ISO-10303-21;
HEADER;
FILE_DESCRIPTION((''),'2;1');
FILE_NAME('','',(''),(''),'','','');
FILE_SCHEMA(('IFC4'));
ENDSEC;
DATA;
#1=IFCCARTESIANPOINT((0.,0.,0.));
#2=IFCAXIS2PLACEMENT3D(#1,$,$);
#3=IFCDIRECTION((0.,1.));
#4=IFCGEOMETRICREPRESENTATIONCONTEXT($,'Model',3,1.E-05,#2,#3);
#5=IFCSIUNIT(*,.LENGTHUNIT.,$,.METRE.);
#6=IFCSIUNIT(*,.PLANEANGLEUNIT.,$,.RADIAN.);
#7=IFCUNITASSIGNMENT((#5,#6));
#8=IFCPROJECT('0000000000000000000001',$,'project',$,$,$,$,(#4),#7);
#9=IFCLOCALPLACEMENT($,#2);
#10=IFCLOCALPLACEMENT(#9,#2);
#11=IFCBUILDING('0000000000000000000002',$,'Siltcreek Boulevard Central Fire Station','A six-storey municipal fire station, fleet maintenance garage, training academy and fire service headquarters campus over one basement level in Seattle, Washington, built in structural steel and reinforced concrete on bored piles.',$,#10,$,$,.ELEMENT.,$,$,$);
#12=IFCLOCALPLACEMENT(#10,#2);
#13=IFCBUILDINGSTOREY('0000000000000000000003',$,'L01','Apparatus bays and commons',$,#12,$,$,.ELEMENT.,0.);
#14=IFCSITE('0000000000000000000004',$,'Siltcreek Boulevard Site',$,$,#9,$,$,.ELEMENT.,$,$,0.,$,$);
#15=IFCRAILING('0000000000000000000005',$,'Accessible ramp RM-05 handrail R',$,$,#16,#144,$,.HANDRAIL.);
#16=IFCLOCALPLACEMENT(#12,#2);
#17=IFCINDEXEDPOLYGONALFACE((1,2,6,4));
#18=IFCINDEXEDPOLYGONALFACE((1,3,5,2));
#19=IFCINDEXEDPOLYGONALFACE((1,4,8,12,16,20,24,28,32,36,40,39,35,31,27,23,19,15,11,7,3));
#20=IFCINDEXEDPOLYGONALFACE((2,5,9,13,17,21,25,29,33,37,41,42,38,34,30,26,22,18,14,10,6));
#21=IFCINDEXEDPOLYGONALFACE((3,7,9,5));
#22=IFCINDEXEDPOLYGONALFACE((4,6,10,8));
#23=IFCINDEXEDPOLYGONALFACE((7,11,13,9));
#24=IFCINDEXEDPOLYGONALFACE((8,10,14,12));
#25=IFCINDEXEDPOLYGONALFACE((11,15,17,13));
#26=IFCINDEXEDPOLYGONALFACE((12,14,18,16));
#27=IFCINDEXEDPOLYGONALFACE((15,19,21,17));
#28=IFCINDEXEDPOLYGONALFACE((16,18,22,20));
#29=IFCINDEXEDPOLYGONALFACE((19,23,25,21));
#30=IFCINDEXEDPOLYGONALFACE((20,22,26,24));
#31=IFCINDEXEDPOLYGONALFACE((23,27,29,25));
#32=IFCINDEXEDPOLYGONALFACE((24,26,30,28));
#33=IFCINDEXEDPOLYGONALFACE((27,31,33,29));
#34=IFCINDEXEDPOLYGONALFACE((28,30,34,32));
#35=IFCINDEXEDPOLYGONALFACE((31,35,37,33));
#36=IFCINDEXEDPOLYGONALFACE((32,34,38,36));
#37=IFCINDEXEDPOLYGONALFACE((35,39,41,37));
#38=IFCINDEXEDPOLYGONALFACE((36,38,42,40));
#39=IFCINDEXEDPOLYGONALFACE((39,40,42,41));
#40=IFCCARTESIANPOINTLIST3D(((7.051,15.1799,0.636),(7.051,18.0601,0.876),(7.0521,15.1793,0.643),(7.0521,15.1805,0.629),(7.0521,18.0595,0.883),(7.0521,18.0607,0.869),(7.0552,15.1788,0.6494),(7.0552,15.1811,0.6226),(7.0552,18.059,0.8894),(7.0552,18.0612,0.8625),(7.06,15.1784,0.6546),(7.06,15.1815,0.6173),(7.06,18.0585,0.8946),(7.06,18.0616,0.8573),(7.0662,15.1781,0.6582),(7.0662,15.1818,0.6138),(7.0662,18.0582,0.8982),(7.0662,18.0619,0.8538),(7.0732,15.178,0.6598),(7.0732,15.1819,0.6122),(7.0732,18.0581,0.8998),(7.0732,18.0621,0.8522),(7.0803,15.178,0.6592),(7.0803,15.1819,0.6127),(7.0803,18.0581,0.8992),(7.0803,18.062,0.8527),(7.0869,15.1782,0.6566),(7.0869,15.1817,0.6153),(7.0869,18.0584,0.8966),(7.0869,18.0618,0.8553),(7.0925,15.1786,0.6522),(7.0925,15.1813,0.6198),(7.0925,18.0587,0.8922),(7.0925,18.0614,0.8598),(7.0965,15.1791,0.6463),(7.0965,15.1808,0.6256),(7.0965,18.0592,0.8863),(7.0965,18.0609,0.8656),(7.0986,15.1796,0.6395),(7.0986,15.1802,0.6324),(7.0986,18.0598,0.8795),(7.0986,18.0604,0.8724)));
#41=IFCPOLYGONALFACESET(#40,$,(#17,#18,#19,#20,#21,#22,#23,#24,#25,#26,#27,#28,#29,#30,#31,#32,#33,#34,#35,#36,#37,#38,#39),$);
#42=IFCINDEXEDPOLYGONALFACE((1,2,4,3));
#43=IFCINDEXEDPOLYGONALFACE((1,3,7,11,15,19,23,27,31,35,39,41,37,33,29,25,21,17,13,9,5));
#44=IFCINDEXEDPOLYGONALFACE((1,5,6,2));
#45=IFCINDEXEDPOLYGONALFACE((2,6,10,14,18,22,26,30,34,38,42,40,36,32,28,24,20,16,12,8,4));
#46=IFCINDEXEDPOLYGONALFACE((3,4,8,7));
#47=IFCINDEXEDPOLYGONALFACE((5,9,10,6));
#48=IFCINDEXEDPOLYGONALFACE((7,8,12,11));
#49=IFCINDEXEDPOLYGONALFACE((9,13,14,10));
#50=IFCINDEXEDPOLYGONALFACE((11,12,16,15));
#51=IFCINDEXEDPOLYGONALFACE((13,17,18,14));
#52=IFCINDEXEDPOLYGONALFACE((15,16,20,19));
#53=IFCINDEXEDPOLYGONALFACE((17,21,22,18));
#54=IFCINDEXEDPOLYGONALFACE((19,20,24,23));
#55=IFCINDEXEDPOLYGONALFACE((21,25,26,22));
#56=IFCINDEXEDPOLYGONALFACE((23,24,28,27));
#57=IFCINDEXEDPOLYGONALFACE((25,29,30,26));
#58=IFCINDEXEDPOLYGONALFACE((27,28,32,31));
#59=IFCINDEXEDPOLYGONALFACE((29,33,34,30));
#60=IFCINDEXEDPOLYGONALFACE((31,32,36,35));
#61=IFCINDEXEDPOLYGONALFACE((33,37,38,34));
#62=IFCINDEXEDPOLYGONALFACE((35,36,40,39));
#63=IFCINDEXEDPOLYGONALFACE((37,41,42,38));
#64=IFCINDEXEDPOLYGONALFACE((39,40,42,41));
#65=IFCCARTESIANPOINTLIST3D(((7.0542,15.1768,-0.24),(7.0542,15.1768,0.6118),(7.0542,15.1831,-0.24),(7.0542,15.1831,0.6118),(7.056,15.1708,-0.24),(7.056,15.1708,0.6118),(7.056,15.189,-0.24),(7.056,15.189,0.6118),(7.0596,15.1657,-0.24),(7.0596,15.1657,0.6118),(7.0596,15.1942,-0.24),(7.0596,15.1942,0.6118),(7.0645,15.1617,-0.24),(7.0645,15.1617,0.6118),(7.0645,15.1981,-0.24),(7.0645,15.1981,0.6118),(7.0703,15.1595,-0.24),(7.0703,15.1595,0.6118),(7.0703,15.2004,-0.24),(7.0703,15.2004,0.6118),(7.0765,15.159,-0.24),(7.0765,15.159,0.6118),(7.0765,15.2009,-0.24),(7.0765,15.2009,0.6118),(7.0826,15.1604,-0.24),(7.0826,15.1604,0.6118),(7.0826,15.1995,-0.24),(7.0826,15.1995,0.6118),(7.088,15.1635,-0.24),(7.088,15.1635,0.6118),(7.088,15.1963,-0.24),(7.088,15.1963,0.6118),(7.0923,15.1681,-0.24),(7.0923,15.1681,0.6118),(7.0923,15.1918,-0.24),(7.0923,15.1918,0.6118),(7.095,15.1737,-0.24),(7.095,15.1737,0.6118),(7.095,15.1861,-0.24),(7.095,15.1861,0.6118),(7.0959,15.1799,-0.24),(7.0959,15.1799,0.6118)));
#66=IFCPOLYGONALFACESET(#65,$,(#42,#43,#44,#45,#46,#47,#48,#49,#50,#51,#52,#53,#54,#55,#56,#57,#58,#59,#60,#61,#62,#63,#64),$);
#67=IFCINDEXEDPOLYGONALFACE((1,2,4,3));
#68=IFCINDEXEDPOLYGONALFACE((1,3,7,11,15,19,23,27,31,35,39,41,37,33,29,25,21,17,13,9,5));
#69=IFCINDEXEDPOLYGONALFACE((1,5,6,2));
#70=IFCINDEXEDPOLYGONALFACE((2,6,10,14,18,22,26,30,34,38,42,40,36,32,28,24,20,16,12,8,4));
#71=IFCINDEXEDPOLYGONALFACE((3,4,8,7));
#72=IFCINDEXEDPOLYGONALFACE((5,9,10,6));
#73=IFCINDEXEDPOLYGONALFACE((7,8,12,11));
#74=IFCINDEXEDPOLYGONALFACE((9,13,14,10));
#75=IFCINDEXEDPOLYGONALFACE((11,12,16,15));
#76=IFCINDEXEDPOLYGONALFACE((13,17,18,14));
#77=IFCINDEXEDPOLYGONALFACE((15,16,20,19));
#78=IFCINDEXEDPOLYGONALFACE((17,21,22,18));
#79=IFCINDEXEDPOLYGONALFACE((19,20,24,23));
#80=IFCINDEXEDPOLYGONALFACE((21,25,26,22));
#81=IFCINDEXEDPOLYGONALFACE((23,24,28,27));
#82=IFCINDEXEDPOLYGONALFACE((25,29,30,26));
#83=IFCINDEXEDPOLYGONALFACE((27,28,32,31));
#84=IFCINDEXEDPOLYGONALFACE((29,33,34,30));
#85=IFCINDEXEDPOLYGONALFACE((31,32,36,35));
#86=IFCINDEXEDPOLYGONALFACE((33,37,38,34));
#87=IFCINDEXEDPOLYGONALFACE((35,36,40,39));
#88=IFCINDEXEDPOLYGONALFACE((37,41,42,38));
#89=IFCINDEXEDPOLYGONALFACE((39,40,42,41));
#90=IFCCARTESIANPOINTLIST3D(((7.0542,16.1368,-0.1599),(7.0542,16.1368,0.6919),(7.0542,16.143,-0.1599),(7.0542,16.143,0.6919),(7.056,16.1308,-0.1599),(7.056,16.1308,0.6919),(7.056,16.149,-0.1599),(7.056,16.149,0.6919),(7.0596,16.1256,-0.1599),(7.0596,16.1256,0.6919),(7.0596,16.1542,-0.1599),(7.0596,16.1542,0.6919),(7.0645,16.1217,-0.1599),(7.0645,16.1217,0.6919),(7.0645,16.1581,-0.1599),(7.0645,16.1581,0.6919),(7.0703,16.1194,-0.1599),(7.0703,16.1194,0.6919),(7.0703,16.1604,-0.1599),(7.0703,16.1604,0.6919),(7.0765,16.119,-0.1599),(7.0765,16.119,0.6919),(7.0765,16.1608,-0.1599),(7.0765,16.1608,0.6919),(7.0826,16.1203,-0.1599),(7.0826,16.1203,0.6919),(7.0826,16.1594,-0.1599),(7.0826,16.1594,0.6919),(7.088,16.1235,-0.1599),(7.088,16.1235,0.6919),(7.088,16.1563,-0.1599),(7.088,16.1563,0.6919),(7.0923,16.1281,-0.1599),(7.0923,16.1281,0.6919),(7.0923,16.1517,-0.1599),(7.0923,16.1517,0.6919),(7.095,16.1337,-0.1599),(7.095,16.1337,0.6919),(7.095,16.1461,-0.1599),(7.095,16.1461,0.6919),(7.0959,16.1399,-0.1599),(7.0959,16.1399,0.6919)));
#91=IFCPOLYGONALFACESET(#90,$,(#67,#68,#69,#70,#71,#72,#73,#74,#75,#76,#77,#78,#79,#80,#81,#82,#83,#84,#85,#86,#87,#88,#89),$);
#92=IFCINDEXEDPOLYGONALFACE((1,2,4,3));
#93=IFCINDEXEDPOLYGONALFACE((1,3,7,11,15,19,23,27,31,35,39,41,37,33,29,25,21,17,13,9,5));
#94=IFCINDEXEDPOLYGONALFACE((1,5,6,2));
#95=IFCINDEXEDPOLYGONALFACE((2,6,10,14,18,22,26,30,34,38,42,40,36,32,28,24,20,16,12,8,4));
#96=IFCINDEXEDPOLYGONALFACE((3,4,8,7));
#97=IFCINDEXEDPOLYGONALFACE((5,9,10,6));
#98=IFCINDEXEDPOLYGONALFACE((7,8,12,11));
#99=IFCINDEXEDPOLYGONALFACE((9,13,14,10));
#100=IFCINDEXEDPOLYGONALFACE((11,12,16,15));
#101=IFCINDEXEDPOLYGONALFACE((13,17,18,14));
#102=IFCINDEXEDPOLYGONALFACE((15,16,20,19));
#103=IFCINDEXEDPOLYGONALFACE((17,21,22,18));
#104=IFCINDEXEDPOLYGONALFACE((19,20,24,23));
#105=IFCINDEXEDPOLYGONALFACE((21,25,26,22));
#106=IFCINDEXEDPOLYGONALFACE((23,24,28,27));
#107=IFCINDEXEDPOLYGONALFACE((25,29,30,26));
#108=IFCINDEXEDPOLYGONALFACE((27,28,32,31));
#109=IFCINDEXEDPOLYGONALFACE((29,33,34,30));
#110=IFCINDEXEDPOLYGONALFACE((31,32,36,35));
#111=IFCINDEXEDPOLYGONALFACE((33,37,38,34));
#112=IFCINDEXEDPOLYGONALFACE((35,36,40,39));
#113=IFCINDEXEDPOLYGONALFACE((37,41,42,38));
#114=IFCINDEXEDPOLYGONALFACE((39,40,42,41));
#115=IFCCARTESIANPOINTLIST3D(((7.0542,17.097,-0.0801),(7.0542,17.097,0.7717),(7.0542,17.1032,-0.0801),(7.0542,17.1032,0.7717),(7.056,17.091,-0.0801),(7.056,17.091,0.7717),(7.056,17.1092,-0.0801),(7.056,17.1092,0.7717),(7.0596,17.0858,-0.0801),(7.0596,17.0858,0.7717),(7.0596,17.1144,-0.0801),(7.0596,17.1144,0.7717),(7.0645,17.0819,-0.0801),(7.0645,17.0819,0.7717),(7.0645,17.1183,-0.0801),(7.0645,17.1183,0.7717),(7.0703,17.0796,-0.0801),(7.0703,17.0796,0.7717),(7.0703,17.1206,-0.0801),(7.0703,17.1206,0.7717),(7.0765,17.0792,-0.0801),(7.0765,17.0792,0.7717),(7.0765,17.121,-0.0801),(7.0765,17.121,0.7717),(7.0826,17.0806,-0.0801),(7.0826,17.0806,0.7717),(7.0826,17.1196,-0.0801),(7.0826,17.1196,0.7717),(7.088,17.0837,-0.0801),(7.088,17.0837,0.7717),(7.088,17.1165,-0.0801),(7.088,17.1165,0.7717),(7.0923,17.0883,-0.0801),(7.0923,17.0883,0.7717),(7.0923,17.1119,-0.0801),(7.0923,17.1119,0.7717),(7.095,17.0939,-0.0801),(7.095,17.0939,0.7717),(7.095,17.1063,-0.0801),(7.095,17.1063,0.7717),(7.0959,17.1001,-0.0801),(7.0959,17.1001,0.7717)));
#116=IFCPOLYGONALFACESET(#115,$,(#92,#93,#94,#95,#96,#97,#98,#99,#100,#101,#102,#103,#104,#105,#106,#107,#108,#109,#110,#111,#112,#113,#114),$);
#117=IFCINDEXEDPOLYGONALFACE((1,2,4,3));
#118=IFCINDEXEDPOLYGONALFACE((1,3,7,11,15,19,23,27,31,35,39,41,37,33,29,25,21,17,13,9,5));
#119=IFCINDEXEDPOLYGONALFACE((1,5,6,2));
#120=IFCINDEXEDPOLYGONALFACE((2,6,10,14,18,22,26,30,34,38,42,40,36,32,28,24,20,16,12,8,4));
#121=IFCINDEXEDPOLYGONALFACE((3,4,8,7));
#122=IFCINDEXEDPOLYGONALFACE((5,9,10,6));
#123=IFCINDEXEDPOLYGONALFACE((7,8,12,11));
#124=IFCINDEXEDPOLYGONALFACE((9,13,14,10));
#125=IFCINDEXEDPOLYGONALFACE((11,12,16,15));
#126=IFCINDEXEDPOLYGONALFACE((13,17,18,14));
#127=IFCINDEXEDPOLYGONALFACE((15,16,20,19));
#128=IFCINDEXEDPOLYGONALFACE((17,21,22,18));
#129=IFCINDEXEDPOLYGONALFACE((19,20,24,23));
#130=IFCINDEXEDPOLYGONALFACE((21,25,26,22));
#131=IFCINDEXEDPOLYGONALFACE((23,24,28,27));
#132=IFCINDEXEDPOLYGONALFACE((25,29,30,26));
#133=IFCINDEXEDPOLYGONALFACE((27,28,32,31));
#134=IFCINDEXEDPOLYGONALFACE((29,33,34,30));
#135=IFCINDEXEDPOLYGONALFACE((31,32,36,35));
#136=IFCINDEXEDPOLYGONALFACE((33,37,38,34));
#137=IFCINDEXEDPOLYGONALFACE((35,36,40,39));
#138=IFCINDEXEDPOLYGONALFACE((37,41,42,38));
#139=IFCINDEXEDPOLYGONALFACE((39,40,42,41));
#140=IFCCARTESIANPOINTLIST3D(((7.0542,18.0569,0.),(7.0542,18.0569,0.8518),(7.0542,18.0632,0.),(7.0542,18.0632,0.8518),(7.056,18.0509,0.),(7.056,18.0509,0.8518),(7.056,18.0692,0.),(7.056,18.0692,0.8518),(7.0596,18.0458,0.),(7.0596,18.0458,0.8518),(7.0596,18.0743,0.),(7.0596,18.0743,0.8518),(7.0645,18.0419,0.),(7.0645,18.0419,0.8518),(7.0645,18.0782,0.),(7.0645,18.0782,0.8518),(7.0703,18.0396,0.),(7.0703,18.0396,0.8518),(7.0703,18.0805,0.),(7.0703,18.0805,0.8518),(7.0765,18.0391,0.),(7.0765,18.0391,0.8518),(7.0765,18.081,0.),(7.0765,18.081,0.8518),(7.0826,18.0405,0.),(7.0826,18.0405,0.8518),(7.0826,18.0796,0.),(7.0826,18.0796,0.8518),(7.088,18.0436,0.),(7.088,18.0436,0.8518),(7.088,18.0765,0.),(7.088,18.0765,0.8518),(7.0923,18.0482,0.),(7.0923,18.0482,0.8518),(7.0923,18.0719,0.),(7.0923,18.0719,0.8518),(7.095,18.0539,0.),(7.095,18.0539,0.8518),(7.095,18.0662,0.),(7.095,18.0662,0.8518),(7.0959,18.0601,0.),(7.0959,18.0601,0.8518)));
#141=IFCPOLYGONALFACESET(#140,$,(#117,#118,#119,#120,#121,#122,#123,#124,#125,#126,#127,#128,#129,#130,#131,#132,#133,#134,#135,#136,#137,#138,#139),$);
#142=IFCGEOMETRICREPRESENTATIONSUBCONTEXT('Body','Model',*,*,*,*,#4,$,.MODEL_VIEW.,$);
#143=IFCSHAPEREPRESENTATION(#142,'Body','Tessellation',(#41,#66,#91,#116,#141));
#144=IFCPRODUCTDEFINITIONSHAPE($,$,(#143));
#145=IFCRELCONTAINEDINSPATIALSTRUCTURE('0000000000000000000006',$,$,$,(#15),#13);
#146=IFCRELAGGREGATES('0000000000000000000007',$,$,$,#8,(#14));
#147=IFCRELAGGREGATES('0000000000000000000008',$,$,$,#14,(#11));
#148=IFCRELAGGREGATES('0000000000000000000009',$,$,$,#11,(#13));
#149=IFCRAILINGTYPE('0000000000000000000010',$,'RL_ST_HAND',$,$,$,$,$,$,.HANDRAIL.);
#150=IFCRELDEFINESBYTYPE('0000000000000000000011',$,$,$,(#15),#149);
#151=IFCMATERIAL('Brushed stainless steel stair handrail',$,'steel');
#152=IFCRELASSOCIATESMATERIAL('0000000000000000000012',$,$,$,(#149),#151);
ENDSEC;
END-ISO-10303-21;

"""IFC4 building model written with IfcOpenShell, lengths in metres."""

from ifc_helpers import new_model, si_unit, direction, frame, origin, origin_2d, place, context, subcontext, project, spatial, circle, extrude, material, type_object, element, save


model = new_model("IFC4")

# Units and contexts
model_context = context("Model", 3, precision=1e-05, world=origin(), true_north=direction((0.0, 1.0)))
body_context = subcontext(model_context, "Body", "Model", "MODEL_VIEW")
ifc_project = project(units=[si_unit("LENGTHUNIT", "METRE"), si_unit("PLANEANGLEUNIT", "RADIAN")], contexts=[model_context])

# Site, building, storey
site_placement = place(None, origin())
site = spatial("IfcSite", under=ifc_project, at=site_placement, Name="Siltcreek Boulevard Site", CompositionType="ELEMENT", RefElevation=0.0)
building_placement = place(site_placement, origin())
building = spatial("IfcBuilding", under=site, at=building_placement, Name="Siltcreek Boulevard Central Fire Station", Description="A six-storey municipal fire station, fleet maintenance garage, training academy and fire service headquarters campus over one basement level in Seattle, Washington, built in structural steel and reinforced concrete on bored piles.", CompositionType="ELEMENT")
storey_placement = place(building_placement, origin())
storey = spatial("IfcBuildingStorey", under=building, at=storey_placement, Name="L01", Description="Apparatus bays and commons", CompositionType="ELEMENT", Elevation=0.0)

# Railing
ifc_material_1 = material(Name="Brushed stainless steel stair handrail", Category="steel")
railing_type = type_object("IfcRailingType", Name="RL_ST_HAND", PredefinedType="HANDRAIL", material=ifc_material_1)
for number, where, name in (
    (1, (7.075, 15.1799, -0.24), "Accessible ramp RM-05 handrail R"),
):
    element("IfcRailing", number, at=place(storey_placement, frame(where)), inside=storey, type_object=railing_type, Name=name, PredefinedType="HANDRAIL", context=body_context, shape_type="SweptSolid", body=[
        extrude(circle(Radius=0.0239, at=origin_2d()), frame((0.0, 0.0, 0.876), z_axis=(0.0, 0.996546, 0.083038), x_axis=(-1.0, 0.0, 0.0)), (0.0, 0.0, 1.0), 2.8901),
        extrude(circle(Radius=0.021, at=origin_2d()), origin(), (0.0, 0.0, 1.0), 0.8518),
        extrude(circle(Radius=0.021, at=origin_2d()), frame((0.0, 0.96, 0.0801)), (0.0, 0.0, 1.0), 0.8518),
        extrude(circle(Radius=0.021, at=origin_2d()), frame((0.0, 1.9202, 0.1599)), (0.0, 0.0, 1.0), 0.8518),
        extrude(circle(Radius=0.021, at=origin_2d()), frame((0.0, 2.8801, 0.24)), (0.0, 0.0, 1.0), 0.8518),
    ])

save(model, "model.ifc")
